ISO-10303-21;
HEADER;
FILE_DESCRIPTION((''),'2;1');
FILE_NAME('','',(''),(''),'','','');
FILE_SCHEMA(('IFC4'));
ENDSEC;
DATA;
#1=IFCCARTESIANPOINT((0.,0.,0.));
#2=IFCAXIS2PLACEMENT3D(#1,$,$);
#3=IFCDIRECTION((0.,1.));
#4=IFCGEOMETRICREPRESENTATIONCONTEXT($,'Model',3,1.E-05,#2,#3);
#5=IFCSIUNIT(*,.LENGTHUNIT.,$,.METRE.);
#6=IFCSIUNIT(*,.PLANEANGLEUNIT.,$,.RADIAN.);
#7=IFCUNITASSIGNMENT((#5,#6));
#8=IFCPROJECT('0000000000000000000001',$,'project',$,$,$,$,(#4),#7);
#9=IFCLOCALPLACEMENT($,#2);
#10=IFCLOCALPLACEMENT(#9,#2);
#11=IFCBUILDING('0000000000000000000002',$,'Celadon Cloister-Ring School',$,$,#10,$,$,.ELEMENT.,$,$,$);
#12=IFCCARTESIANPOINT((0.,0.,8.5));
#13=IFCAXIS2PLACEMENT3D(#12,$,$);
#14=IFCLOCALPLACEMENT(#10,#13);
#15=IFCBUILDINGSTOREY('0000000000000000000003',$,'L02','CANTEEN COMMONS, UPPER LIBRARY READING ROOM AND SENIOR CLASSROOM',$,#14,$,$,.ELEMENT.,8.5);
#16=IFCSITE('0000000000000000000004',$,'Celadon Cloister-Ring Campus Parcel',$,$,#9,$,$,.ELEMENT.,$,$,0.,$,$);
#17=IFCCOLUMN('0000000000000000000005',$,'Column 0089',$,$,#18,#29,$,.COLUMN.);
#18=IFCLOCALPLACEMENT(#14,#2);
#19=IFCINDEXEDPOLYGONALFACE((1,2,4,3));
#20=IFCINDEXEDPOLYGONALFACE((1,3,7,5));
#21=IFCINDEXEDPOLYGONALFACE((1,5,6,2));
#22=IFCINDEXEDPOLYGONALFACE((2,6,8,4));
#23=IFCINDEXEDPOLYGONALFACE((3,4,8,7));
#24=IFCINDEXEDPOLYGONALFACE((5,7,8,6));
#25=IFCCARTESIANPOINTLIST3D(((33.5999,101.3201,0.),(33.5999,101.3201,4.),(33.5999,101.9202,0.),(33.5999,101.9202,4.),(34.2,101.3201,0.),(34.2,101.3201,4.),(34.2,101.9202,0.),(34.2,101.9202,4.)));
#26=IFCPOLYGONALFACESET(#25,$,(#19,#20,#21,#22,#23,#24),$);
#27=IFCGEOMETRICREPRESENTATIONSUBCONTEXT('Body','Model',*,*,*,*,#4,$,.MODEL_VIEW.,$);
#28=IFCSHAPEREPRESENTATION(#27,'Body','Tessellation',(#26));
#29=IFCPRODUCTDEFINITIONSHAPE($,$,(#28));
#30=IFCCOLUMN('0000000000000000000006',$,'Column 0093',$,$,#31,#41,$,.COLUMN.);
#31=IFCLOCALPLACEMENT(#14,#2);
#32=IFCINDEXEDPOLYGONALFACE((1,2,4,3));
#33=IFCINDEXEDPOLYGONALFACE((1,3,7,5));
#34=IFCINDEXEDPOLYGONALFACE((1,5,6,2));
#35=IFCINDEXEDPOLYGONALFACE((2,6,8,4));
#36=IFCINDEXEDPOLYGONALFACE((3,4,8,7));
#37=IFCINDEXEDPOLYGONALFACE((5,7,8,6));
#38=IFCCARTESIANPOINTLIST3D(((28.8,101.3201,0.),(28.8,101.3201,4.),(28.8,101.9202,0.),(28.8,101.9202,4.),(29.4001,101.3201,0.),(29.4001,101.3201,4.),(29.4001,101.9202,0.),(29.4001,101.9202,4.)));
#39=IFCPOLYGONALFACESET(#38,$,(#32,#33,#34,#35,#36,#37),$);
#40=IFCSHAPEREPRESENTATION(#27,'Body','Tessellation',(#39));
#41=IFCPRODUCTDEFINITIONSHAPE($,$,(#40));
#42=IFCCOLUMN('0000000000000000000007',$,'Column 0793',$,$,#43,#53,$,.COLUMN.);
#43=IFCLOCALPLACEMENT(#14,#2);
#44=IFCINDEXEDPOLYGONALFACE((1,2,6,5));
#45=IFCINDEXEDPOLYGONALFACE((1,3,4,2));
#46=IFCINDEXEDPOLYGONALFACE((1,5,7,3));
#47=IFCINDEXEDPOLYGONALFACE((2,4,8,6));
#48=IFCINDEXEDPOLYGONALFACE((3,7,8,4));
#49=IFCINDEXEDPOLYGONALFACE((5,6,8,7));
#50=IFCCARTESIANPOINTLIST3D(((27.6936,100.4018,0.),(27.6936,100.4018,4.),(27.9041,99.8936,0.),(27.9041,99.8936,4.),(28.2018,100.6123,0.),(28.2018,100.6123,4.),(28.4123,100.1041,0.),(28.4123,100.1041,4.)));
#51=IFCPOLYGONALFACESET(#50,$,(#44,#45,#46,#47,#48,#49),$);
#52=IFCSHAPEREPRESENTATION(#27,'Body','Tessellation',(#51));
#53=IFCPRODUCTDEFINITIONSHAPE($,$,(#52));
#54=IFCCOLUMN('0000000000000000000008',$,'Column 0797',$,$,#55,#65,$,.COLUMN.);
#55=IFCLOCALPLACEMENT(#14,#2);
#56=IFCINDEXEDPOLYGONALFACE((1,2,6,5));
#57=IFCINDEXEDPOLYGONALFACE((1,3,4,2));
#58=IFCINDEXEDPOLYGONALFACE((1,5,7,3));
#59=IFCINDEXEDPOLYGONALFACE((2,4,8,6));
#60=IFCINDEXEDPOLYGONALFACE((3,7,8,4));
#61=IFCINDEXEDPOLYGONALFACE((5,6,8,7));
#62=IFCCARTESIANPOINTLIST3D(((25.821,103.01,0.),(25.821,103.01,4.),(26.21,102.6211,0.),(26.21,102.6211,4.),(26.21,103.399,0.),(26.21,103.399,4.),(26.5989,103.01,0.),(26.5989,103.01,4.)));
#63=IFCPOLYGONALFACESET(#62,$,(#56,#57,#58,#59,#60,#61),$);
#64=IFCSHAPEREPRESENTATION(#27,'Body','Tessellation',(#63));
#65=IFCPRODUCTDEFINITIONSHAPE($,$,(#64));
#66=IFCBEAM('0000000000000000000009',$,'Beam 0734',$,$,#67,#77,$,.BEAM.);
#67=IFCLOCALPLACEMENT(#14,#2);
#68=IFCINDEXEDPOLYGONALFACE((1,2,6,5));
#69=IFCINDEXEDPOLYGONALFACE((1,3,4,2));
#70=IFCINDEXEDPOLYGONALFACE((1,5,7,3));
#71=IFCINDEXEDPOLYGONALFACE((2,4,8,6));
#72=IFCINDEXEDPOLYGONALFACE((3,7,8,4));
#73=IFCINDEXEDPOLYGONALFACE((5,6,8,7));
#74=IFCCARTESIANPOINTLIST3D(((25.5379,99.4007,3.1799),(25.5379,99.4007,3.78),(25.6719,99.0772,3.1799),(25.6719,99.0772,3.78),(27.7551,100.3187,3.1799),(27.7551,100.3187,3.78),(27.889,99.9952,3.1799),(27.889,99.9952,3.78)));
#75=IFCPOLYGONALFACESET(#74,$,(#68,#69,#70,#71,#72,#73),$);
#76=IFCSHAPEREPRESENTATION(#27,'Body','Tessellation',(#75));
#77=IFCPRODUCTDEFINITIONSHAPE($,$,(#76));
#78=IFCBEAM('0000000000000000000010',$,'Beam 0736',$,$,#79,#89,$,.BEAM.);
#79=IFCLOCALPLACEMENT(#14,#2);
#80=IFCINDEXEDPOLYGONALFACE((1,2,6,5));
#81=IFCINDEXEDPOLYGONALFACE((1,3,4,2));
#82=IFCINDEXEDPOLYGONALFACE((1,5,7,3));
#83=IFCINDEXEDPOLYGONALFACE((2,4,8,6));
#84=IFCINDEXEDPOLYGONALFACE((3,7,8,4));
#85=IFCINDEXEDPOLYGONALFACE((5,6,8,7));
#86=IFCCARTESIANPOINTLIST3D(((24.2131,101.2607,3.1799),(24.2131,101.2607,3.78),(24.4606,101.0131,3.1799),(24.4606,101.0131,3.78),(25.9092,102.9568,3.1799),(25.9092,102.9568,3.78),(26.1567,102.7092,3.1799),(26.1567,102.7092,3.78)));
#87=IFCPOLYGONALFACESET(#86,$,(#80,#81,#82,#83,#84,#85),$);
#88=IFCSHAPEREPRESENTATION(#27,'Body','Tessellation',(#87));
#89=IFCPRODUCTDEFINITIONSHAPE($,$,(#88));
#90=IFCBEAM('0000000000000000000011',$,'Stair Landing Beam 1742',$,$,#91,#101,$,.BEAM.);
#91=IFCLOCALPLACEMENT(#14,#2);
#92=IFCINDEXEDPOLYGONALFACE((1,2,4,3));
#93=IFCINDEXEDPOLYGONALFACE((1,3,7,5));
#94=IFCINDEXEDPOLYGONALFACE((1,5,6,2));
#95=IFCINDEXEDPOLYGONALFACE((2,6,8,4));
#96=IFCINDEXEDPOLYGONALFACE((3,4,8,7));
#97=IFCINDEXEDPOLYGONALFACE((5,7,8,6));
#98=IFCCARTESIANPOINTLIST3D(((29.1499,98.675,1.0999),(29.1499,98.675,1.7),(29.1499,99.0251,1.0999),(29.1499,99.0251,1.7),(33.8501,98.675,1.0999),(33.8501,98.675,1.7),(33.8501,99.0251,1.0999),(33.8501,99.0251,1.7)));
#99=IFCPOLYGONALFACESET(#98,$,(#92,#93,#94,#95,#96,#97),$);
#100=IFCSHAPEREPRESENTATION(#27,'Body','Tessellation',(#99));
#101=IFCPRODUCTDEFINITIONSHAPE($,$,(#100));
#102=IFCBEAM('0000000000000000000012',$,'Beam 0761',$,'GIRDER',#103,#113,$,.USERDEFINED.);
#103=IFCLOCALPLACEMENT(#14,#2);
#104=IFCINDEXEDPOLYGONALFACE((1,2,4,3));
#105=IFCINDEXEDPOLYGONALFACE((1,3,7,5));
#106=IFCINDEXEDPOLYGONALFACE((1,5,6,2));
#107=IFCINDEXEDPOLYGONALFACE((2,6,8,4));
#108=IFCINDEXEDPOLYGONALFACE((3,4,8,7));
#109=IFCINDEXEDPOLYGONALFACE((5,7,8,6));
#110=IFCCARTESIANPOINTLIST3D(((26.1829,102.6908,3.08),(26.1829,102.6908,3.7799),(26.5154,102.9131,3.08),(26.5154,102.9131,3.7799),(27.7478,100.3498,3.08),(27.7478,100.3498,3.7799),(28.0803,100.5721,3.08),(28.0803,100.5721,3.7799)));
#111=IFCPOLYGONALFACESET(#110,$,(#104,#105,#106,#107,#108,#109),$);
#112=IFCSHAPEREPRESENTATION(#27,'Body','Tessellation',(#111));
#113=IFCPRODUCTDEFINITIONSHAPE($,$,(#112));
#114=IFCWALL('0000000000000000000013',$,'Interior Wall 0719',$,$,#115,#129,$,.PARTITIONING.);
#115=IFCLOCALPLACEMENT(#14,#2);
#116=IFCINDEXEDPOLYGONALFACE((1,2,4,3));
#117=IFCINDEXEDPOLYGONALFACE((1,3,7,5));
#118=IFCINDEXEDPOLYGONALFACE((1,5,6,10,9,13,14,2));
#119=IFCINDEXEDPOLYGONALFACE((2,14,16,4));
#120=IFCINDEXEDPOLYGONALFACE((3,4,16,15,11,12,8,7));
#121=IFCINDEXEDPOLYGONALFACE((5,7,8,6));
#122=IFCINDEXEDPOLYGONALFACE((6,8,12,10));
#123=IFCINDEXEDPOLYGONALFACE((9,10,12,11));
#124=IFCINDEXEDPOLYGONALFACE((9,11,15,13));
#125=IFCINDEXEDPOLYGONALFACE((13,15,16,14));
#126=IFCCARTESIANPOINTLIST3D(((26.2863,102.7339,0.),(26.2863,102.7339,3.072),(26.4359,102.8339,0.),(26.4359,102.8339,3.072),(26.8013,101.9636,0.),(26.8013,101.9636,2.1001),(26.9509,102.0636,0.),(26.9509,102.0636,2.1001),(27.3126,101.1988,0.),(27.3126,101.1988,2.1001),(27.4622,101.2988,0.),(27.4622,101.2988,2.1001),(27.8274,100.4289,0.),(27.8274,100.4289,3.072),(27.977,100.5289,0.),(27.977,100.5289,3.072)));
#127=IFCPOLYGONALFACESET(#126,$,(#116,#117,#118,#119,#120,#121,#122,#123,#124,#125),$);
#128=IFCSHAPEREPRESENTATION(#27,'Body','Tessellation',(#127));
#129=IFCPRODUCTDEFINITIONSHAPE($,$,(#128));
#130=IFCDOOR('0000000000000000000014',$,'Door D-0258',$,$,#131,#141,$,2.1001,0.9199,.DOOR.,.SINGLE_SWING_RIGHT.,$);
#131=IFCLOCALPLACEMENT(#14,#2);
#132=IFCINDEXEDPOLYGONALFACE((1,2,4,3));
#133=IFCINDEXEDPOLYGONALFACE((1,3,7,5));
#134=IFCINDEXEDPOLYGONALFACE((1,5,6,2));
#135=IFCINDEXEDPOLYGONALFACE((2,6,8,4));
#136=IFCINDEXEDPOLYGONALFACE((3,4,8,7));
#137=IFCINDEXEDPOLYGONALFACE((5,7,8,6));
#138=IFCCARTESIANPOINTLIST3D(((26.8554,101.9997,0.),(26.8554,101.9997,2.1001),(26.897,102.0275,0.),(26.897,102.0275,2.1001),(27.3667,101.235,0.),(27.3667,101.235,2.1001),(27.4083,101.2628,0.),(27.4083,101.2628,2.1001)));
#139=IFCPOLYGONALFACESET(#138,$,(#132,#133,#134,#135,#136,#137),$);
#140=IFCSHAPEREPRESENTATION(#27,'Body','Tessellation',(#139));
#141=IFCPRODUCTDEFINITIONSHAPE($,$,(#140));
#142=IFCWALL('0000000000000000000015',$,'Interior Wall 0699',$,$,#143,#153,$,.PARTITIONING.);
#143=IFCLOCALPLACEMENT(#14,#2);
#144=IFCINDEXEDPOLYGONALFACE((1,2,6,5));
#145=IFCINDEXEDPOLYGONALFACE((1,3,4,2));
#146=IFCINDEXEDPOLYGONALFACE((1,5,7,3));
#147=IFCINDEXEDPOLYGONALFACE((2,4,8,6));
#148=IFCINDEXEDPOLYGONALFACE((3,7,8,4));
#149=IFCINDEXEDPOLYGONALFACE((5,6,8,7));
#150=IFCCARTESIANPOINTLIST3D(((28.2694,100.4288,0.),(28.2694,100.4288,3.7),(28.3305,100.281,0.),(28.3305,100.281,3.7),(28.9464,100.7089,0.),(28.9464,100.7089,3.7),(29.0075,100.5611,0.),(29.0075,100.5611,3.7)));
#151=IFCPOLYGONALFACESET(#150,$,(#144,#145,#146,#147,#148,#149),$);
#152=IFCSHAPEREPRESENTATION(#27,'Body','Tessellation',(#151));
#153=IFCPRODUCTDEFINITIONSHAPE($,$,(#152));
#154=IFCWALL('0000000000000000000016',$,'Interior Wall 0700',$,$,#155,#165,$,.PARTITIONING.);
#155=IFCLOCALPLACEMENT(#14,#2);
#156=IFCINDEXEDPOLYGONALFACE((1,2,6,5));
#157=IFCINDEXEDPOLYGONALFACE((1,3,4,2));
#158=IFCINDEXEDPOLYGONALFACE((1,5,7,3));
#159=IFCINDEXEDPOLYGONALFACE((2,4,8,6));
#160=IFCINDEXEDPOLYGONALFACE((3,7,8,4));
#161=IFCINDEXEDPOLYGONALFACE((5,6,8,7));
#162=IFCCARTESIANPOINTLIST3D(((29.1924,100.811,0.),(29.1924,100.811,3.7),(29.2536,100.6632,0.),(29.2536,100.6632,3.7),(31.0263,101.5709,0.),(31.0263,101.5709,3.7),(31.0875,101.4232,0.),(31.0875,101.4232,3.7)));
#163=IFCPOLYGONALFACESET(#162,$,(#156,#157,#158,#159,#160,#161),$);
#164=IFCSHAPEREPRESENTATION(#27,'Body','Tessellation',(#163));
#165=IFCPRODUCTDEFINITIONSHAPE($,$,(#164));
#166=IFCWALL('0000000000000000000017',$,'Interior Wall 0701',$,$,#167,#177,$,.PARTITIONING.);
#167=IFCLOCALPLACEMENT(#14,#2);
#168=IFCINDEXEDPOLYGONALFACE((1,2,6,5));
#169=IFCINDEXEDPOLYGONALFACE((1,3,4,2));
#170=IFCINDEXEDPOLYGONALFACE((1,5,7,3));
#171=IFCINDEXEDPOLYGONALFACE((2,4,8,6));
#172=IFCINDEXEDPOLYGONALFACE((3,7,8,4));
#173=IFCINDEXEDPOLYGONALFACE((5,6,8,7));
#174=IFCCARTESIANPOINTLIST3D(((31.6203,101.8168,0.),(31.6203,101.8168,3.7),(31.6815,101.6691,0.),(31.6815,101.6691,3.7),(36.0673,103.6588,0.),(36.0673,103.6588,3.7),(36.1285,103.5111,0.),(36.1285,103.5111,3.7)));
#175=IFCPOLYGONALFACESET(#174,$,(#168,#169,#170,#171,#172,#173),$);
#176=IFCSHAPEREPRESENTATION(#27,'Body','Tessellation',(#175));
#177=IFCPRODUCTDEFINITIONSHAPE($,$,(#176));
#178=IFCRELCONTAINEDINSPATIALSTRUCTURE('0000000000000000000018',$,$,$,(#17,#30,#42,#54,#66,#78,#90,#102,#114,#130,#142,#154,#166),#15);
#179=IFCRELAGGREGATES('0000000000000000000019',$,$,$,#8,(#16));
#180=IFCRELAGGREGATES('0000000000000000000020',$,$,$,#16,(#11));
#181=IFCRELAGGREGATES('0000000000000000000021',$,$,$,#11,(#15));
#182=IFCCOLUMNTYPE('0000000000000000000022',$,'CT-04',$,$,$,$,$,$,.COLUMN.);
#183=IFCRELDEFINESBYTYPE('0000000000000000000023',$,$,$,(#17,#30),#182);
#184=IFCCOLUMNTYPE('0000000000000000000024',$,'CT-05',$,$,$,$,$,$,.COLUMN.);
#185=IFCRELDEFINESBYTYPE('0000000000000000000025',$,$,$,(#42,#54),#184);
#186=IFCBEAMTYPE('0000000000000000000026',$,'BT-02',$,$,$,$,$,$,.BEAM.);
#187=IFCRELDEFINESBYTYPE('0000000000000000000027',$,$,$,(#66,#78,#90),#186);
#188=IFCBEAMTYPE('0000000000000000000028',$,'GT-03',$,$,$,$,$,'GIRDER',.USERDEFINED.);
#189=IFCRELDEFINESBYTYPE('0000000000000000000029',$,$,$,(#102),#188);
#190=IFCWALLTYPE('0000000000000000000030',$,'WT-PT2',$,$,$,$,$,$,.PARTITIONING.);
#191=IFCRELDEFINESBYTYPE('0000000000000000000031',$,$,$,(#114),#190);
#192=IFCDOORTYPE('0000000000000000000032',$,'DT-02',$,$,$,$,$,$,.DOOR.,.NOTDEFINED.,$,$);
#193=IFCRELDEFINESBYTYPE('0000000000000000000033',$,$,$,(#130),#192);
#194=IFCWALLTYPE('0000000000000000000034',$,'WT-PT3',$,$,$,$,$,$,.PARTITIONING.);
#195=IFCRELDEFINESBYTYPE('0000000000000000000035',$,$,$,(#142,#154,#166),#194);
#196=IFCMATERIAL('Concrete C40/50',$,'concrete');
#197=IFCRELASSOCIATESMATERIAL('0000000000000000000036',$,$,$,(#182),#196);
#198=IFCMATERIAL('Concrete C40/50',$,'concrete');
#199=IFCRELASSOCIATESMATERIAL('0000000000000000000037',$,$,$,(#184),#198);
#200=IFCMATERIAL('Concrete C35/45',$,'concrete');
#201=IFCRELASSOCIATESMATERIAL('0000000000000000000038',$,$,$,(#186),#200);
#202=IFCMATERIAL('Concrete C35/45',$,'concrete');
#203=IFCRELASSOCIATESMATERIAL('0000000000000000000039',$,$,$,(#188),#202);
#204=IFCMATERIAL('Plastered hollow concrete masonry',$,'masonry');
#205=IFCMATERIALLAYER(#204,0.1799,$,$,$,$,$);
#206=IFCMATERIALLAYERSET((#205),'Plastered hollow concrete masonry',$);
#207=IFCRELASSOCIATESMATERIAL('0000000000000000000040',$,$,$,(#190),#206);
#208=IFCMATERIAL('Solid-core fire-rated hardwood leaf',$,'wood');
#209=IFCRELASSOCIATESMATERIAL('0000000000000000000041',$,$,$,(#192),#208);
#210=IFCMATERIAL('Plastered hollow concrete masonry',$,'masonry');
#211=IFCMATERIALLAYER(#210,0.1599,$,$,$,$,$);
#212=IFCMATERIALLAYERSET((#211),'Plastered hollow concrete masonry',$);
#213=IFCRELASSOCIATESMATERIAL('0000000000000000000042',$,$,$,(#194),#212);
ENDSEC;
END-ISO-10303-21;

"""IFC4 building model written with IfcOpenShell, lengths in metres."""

from ifc_helpers import new_model, si_unit, direction, frame, frame_2d, origin, origin_2d, place, context, subcontext, project, spatial, rectangle, extrude, material, layer, layer_set, material_profile, profile_set, type_object, element, fill, save


model = new_model("IFC4")

# Units and contexts
model_context = context("Model", 3, precision=1e-05, world=origin(), true_north=direction((0.0, 1.0)))
body_context = subcontext(model_context, "Body", "Model", "MODEL_VIEW")
ifc_project = project(units=[si_unit("LENGTHUNIT", "METRE"), si_unit("PLANEANGLEUNIT", "RADIAN")], contexts=[model_context])

# Site, building, storey
site_placement = place(None, origin())
site = spatial("IfcSite", under=ifc_project, at=site_placement, Name="Celadon Cloister-Ring Campus Parcel", CompositionType="ELEMENT", RefElevation=0.0)
building_placement = place(site_placement, origin())
building = spatial("IfcBuilding", under=site, at=building_placement, Name="Celadon Cloister-Ring School", CompositionType="ELEMENT")
storey_placement = place(building_placement, frame((0.0, 0.0, 8.5)))
storey = spatial("IfcBuildingStorey", under=building, at=storey_placement, Name="L02", Description="CANTEEN COMMONS, UPPER LIBRARY READING ROOM AND SENIOR CLASSROOM", CompositionType="ELEMENT", Elevation=8.5)

# Columns
ifc_material_1 = material(Name="Concrete C40/50", Category="concrete")
ifc_material_profile_1 = material_profile(ifc_material_1, rectangle(XDim=0.6001, YDim=0.6001, at=origin_2d()), Name="RC600X600")
ifc_profile_set_1 = profile_set([ifc_material_profile_1], Name="Concrete C40/50")
column_type_1 = type_object("IfcColumnType", Name="CT-04", PredefinedType="COLUMN", material=ifc_profile_set_1)
for number, where, z_axis, x_axis, name in (
    (1, (33.8999, 101.6201, 0.0), (0.0, 0.0, 1.0), (1.0, 0.0, 0.0), "Column 0089"),
    (2, (29.1001, 101.6201, 0.0), (0.0, 0.0, 1.0), (1.0, 0.0, 0.0), "Column 0093"),
):
    element("IfcColumn", number, at=place(storey_placement, frame(where, z_axis=z_axis, x_axis=x_axis)), inside=storey, type_object=column_type_1, Name=name, PredefinedType="COLUMN", context=body_context, shape_type="SweptSolid", body=[
        extrude(rectangle(XDim=0.6001, YDim=0.6001, at=origin_2d()), origin(), (0.0, 0.0, 1.0), 4.0),
    ])
ifc_material_2 = material(Name="Concrete C40/50", Category="concrete")
ifc_material_profile_2 = material_profile(ifc_material_2, rectangle(XDim=0.55, YDim=0.55, at=origin_2d()), Name="RC550X550")
ifc_profile_set_2 = profile_set([ifc_material_profile_2], Name="Concrete C40/50")
column_type_2 = type_object("IfcColumnType", Name="CT-05", PredefinedType="COLUMN", material=ifc_profile_set_2)
for number, where, z_axis, x_axis, name in (
    (3, (28.053, 100.2529, 0.0), (0.0, 0.0, 1.0), (0.92388, 0.382683, 0.0), "Column 0793"),
    (4, (26.21, 103.01, 0.0), (0.0, 0.0, 1.0), (0.707107, 0.707107, 0.0), "Column 0797"),
):
    element("IfcColumn", number, at=place(storey_placement, frame(where, z_axis=z_axis, x_axis=x_axis)), inside=storey, type_object=column_type_2, Name=name, PredefinedType="COLUMN", context=body_context, shape_type="SweptSolid", body=[
        extrude(rectangle(XDim=0.55, YDim=0.55, at=origin_2d()), origin(), (0.0, 0.0, 1.0), 4.0),
    ])

# Beams
ifc_material_3 = material(Name="Concrete C35/45", Category="concrete")
ifc_material_profile_3 = material_profile(ifc_material_3, rectangle(XDim=0.3501, YDim=0.6001, at=origin_2d()), Name="RC350X600")
ifc_profile_set_3 = profile_set([ifc_material_profile_3], Name="Concrete C35/45")
beam_type_1 = type_object("IfcBeamType", Name="BT-02", PredefinedType="BEAM", material=ifc_profile_set_3)
beam_1_placement = place(storey_placement, frame((27.822, 100.157, 3.48), z_axis=(-0.923933, -0.382555, 0.0), x_axis=(0.382555, -0.923933, 0.0)))
element("IfcBeam", 5, at=beam_1_placement, inside=storey, type_object=beam_type_1, Name="Beam 0734", PredefinedType="BEAM", context=body_context, shape_type="SweptSolid", body=[
    extrude(rectangle(XDim=0.3501, YDim=0.6001, at=origin_2d()), origin(), (0.0, 0.0, 1.0), 2.3997),
])
beam_2_placement = place(storey_placement, frame((26.033, 102.833, 3.48), z_axis=(-0.707107, -0.707107, 0.0), x_axis=(0.707107, -0.707107, 0.0)))
element("IfcBeam", 6, at=beam_2_placement, inside=storey, type_object=beam_type_1, Name="Beam 0736", PredefinedType="BEAM", context=body_context, shape_type="SweptSolid", body=[
    extrude(rectangle(XDim=0.3501, YDim=0.6001, at=origin_2d()), origin(), (0.0, 0.0, 1.0), 2.3987),
])
beam_3_placement = place(storey_placement, frame((29.1499, 98.8501, 1.3999), z_axis=(1.0, 0.0, 0.0), x_axis=(0.0, 1.0, 0.0)))
element("IfcBeam", 7, at=beam_3_placement, inside=storey, type_object=beam_type_1, Name="Stair Landing Beam 1742", PredefinedType="BEAM", context=body_context, shape_type="SweptSolid", body=[
    extrude(rectangle(XDim=0.3501, YDim=0.6001, at=origin_2d()), origin(), (0.0, 0.0, 1.0), 4.7002),
])
ifc_material_4 = material(Name="Concrete C35/45", Category="concrete")
ifc_material_profile_4 = material_profile(ifc_material_4, rectangle(XDim=0.3999, YDim=0.7, at=origin_2d()), Name="RC400X700")
ifc_profile_set_4 = profile_set([ifc_material_profile_4], Name="Concrete C35/45")
beam_type_2 = type_object("IfcBeamType", Name="GT-03", ElementType="GIRDER", PredefinedType="USERDEFINED", material=ifc_profile_set_4)
beam_4_placement = place(storey_placement, frame((27.9141, 100.4609, 3.4299), z_axis=(-0.55574, 0.831356, 0.0), x_axis=(-0.831356, -0.55574, 0.0)))
element("IfcBeam", 8, at=beam_4_placement, inside=storey, type_object=beam_type_2, Name="Beam 0761", ObjectType="GIRDER", PredefinedType="USERDEFINED", context=body_context, shape_type="SweptSolid", body=[
    extrude(rectangle(XDim=0.3999, YDim=0.7, at=origin_2d()), origin(), (0.0, 0.0, 1.0), 2.8159),
])

# Wall, opening, door
ifc_material_5 = material(Name="Plastered hollow concrete masonry", Category="masonry")
ifc_layer_1 = layer(ifc_material_5, 0.1799)
ifc_layer_set_1 = layer_set([ifc_layer_1], Name="Plastered hollow concrete masonry")
wall_type_1 = type_object("IfcWallType", Name="WT-PT2", PredefinedType="PARTITIONING", material=ifc_layer_set_1)
wall_1_placement = place(storey_placement, frame((27.9021, 100.479, 0.0), z_axis=(0.0, 0.0, 1.0), x_axis=(-0.555797, 0.831318, 0.0)))
wall_1 = element("IfcWall", 9, at=wall_1_placement, inside=storey, type_object=wall_type_1, Name="Interior Wall 0719", PredefinedType="PARTITIONING", context=body_context, shape_type="SweptSolid", body=[
    extrude(rectangle(XDim=2.7727, YDim=0.1799, at=frame_2d((1.3862, 0.0))), origin(), (0.0, 0.0, 1.0), 3.072),
])
opening_placement = place(wall_1_placement, frame((0.926, 0.0, 0.0)))
opening = element("IfcOpeningElement", 10, at=opening_placement, cuts=wall_1, PredefinedType="OPENING", context=body_context, shape_type="SweptSolid", body=[
    extrude(rectangle(XDim=0.9199, YDim=2.1001, at=frame_2d((0.46, 1.05))), frame((0.0, 0.1001, 0.0), z_axis=(0.0, -1.0, 0.0), x_axis=(1.0, 0.0, 0.0)), (0.0, 0.0, 1.0), 0.2),
])
ifc_material_6 = material(Name="Solid-core fire-rated hardwood leaf", Category="wood")
door_type = type_object("IfcDoorType", Name="DT-02", OperationType="NOTDEFINED", PredefinedType="DOOR", material=ifc_material_6)
door_placement = place(opening_placement, origin())
door = element("IfcDoor", 11, at=door_placement, inside=storey, type_object=door_type, Name="Door D-0258", OperationType="SINGLE_SWING_RIGHT", OverallHeight=2.1001, OverallWidth=0.9199, PredefinedType="DOOR", context=body_context, shape_type="SweptSolid", body=[
    extrude(rectangle(XDim=0.9199, YDim=2.1001, at=frame_2d((0.46, 1.05))), frame((0.0, 0.0249, 0.0), z_axis=(0.0, -1.0, 0.0), x_axis=(1.0, 0.0, 0.0)), (0.0, 0.0, 1.0), 0.05),
])
fill(opening, door)

# Walls
ifc_material_7 = material(Name="Plastered hollow concrete masonry", Category="masonry")
ifc_layer_2 = layer(ifc_material_7, 0.1599)
ifc_layer_set_2 = layer_set([ifc_layer_2], Name="Plastered hollow concrete masonry")
wall_type_2 = type_object("IfcWallType", Name="WT-PT3", PredefinedType="PARTITIONING", material=ifc_layer_set_2)
wall_2_placement = place(storey_placement, frame((28.3, 100.355, 0.0), z_axis=(0.0, 0.0, 1.0), x_axis=(0.92407, 0.382224, 0.0)))
element("IfcWall", 12, at=wall_2_placement, inside=storey, type_object=wall_type_2, Name="Interior Wall 0699", PredefinedType="PARTITIONING", context=body_context, shape_type="SweptSolid", body=[
    extrude(rectangle(XDim=0.7327, YDim=0.1599, at=frame_2d((0.3662, 0.0))), origin(), (0.0, 0.0, 1.0), 3.7),
])
wall_3_placement = place(storey_placement, frame((29.2229, 100.7371, 0.0), z_axis=(0.0, 0.0, 1.0), x_axis=(0.923817, 0.382833, 0.0)))
element("IfcWall", 13, at=wall_3_placement, inside=storey, type_object=wall_type_2, Name="Interior Wall 0700", PredefinedType="PARTITIONING", context=body_context, shape_type="SweptSolid", body=[
    extrude(rectangle(XDim=1.9851, YDim=0.1599, at=frame_2d((0.9927, 0.0))), origin(), (0.0, 0.0, 1.0), 3.7),
])
wall_4_placement = place(storey_placement, frame((31.6509, 101.7429, 0.0), z_axis=(0.0, 0.0, 1.0), x_axis=(0.923878, 0.382688, 0.0)))
element("IfcWall", 14, at=wall_4_placement, inside=storey, type_object=wall_type_2, Name="Interior Wall 0701", PredefinedType="PARTITIONING", context=body_context, shape_type="SweptSolid", body=[
    extrude(rectangle(XDim=4.8135, YDim=0.1599, at=frame_2d((2.4067, 0.0))), origin(), (0.0, 0.0, 1.0), 3.7),
])

save(model, "model.ifc")
